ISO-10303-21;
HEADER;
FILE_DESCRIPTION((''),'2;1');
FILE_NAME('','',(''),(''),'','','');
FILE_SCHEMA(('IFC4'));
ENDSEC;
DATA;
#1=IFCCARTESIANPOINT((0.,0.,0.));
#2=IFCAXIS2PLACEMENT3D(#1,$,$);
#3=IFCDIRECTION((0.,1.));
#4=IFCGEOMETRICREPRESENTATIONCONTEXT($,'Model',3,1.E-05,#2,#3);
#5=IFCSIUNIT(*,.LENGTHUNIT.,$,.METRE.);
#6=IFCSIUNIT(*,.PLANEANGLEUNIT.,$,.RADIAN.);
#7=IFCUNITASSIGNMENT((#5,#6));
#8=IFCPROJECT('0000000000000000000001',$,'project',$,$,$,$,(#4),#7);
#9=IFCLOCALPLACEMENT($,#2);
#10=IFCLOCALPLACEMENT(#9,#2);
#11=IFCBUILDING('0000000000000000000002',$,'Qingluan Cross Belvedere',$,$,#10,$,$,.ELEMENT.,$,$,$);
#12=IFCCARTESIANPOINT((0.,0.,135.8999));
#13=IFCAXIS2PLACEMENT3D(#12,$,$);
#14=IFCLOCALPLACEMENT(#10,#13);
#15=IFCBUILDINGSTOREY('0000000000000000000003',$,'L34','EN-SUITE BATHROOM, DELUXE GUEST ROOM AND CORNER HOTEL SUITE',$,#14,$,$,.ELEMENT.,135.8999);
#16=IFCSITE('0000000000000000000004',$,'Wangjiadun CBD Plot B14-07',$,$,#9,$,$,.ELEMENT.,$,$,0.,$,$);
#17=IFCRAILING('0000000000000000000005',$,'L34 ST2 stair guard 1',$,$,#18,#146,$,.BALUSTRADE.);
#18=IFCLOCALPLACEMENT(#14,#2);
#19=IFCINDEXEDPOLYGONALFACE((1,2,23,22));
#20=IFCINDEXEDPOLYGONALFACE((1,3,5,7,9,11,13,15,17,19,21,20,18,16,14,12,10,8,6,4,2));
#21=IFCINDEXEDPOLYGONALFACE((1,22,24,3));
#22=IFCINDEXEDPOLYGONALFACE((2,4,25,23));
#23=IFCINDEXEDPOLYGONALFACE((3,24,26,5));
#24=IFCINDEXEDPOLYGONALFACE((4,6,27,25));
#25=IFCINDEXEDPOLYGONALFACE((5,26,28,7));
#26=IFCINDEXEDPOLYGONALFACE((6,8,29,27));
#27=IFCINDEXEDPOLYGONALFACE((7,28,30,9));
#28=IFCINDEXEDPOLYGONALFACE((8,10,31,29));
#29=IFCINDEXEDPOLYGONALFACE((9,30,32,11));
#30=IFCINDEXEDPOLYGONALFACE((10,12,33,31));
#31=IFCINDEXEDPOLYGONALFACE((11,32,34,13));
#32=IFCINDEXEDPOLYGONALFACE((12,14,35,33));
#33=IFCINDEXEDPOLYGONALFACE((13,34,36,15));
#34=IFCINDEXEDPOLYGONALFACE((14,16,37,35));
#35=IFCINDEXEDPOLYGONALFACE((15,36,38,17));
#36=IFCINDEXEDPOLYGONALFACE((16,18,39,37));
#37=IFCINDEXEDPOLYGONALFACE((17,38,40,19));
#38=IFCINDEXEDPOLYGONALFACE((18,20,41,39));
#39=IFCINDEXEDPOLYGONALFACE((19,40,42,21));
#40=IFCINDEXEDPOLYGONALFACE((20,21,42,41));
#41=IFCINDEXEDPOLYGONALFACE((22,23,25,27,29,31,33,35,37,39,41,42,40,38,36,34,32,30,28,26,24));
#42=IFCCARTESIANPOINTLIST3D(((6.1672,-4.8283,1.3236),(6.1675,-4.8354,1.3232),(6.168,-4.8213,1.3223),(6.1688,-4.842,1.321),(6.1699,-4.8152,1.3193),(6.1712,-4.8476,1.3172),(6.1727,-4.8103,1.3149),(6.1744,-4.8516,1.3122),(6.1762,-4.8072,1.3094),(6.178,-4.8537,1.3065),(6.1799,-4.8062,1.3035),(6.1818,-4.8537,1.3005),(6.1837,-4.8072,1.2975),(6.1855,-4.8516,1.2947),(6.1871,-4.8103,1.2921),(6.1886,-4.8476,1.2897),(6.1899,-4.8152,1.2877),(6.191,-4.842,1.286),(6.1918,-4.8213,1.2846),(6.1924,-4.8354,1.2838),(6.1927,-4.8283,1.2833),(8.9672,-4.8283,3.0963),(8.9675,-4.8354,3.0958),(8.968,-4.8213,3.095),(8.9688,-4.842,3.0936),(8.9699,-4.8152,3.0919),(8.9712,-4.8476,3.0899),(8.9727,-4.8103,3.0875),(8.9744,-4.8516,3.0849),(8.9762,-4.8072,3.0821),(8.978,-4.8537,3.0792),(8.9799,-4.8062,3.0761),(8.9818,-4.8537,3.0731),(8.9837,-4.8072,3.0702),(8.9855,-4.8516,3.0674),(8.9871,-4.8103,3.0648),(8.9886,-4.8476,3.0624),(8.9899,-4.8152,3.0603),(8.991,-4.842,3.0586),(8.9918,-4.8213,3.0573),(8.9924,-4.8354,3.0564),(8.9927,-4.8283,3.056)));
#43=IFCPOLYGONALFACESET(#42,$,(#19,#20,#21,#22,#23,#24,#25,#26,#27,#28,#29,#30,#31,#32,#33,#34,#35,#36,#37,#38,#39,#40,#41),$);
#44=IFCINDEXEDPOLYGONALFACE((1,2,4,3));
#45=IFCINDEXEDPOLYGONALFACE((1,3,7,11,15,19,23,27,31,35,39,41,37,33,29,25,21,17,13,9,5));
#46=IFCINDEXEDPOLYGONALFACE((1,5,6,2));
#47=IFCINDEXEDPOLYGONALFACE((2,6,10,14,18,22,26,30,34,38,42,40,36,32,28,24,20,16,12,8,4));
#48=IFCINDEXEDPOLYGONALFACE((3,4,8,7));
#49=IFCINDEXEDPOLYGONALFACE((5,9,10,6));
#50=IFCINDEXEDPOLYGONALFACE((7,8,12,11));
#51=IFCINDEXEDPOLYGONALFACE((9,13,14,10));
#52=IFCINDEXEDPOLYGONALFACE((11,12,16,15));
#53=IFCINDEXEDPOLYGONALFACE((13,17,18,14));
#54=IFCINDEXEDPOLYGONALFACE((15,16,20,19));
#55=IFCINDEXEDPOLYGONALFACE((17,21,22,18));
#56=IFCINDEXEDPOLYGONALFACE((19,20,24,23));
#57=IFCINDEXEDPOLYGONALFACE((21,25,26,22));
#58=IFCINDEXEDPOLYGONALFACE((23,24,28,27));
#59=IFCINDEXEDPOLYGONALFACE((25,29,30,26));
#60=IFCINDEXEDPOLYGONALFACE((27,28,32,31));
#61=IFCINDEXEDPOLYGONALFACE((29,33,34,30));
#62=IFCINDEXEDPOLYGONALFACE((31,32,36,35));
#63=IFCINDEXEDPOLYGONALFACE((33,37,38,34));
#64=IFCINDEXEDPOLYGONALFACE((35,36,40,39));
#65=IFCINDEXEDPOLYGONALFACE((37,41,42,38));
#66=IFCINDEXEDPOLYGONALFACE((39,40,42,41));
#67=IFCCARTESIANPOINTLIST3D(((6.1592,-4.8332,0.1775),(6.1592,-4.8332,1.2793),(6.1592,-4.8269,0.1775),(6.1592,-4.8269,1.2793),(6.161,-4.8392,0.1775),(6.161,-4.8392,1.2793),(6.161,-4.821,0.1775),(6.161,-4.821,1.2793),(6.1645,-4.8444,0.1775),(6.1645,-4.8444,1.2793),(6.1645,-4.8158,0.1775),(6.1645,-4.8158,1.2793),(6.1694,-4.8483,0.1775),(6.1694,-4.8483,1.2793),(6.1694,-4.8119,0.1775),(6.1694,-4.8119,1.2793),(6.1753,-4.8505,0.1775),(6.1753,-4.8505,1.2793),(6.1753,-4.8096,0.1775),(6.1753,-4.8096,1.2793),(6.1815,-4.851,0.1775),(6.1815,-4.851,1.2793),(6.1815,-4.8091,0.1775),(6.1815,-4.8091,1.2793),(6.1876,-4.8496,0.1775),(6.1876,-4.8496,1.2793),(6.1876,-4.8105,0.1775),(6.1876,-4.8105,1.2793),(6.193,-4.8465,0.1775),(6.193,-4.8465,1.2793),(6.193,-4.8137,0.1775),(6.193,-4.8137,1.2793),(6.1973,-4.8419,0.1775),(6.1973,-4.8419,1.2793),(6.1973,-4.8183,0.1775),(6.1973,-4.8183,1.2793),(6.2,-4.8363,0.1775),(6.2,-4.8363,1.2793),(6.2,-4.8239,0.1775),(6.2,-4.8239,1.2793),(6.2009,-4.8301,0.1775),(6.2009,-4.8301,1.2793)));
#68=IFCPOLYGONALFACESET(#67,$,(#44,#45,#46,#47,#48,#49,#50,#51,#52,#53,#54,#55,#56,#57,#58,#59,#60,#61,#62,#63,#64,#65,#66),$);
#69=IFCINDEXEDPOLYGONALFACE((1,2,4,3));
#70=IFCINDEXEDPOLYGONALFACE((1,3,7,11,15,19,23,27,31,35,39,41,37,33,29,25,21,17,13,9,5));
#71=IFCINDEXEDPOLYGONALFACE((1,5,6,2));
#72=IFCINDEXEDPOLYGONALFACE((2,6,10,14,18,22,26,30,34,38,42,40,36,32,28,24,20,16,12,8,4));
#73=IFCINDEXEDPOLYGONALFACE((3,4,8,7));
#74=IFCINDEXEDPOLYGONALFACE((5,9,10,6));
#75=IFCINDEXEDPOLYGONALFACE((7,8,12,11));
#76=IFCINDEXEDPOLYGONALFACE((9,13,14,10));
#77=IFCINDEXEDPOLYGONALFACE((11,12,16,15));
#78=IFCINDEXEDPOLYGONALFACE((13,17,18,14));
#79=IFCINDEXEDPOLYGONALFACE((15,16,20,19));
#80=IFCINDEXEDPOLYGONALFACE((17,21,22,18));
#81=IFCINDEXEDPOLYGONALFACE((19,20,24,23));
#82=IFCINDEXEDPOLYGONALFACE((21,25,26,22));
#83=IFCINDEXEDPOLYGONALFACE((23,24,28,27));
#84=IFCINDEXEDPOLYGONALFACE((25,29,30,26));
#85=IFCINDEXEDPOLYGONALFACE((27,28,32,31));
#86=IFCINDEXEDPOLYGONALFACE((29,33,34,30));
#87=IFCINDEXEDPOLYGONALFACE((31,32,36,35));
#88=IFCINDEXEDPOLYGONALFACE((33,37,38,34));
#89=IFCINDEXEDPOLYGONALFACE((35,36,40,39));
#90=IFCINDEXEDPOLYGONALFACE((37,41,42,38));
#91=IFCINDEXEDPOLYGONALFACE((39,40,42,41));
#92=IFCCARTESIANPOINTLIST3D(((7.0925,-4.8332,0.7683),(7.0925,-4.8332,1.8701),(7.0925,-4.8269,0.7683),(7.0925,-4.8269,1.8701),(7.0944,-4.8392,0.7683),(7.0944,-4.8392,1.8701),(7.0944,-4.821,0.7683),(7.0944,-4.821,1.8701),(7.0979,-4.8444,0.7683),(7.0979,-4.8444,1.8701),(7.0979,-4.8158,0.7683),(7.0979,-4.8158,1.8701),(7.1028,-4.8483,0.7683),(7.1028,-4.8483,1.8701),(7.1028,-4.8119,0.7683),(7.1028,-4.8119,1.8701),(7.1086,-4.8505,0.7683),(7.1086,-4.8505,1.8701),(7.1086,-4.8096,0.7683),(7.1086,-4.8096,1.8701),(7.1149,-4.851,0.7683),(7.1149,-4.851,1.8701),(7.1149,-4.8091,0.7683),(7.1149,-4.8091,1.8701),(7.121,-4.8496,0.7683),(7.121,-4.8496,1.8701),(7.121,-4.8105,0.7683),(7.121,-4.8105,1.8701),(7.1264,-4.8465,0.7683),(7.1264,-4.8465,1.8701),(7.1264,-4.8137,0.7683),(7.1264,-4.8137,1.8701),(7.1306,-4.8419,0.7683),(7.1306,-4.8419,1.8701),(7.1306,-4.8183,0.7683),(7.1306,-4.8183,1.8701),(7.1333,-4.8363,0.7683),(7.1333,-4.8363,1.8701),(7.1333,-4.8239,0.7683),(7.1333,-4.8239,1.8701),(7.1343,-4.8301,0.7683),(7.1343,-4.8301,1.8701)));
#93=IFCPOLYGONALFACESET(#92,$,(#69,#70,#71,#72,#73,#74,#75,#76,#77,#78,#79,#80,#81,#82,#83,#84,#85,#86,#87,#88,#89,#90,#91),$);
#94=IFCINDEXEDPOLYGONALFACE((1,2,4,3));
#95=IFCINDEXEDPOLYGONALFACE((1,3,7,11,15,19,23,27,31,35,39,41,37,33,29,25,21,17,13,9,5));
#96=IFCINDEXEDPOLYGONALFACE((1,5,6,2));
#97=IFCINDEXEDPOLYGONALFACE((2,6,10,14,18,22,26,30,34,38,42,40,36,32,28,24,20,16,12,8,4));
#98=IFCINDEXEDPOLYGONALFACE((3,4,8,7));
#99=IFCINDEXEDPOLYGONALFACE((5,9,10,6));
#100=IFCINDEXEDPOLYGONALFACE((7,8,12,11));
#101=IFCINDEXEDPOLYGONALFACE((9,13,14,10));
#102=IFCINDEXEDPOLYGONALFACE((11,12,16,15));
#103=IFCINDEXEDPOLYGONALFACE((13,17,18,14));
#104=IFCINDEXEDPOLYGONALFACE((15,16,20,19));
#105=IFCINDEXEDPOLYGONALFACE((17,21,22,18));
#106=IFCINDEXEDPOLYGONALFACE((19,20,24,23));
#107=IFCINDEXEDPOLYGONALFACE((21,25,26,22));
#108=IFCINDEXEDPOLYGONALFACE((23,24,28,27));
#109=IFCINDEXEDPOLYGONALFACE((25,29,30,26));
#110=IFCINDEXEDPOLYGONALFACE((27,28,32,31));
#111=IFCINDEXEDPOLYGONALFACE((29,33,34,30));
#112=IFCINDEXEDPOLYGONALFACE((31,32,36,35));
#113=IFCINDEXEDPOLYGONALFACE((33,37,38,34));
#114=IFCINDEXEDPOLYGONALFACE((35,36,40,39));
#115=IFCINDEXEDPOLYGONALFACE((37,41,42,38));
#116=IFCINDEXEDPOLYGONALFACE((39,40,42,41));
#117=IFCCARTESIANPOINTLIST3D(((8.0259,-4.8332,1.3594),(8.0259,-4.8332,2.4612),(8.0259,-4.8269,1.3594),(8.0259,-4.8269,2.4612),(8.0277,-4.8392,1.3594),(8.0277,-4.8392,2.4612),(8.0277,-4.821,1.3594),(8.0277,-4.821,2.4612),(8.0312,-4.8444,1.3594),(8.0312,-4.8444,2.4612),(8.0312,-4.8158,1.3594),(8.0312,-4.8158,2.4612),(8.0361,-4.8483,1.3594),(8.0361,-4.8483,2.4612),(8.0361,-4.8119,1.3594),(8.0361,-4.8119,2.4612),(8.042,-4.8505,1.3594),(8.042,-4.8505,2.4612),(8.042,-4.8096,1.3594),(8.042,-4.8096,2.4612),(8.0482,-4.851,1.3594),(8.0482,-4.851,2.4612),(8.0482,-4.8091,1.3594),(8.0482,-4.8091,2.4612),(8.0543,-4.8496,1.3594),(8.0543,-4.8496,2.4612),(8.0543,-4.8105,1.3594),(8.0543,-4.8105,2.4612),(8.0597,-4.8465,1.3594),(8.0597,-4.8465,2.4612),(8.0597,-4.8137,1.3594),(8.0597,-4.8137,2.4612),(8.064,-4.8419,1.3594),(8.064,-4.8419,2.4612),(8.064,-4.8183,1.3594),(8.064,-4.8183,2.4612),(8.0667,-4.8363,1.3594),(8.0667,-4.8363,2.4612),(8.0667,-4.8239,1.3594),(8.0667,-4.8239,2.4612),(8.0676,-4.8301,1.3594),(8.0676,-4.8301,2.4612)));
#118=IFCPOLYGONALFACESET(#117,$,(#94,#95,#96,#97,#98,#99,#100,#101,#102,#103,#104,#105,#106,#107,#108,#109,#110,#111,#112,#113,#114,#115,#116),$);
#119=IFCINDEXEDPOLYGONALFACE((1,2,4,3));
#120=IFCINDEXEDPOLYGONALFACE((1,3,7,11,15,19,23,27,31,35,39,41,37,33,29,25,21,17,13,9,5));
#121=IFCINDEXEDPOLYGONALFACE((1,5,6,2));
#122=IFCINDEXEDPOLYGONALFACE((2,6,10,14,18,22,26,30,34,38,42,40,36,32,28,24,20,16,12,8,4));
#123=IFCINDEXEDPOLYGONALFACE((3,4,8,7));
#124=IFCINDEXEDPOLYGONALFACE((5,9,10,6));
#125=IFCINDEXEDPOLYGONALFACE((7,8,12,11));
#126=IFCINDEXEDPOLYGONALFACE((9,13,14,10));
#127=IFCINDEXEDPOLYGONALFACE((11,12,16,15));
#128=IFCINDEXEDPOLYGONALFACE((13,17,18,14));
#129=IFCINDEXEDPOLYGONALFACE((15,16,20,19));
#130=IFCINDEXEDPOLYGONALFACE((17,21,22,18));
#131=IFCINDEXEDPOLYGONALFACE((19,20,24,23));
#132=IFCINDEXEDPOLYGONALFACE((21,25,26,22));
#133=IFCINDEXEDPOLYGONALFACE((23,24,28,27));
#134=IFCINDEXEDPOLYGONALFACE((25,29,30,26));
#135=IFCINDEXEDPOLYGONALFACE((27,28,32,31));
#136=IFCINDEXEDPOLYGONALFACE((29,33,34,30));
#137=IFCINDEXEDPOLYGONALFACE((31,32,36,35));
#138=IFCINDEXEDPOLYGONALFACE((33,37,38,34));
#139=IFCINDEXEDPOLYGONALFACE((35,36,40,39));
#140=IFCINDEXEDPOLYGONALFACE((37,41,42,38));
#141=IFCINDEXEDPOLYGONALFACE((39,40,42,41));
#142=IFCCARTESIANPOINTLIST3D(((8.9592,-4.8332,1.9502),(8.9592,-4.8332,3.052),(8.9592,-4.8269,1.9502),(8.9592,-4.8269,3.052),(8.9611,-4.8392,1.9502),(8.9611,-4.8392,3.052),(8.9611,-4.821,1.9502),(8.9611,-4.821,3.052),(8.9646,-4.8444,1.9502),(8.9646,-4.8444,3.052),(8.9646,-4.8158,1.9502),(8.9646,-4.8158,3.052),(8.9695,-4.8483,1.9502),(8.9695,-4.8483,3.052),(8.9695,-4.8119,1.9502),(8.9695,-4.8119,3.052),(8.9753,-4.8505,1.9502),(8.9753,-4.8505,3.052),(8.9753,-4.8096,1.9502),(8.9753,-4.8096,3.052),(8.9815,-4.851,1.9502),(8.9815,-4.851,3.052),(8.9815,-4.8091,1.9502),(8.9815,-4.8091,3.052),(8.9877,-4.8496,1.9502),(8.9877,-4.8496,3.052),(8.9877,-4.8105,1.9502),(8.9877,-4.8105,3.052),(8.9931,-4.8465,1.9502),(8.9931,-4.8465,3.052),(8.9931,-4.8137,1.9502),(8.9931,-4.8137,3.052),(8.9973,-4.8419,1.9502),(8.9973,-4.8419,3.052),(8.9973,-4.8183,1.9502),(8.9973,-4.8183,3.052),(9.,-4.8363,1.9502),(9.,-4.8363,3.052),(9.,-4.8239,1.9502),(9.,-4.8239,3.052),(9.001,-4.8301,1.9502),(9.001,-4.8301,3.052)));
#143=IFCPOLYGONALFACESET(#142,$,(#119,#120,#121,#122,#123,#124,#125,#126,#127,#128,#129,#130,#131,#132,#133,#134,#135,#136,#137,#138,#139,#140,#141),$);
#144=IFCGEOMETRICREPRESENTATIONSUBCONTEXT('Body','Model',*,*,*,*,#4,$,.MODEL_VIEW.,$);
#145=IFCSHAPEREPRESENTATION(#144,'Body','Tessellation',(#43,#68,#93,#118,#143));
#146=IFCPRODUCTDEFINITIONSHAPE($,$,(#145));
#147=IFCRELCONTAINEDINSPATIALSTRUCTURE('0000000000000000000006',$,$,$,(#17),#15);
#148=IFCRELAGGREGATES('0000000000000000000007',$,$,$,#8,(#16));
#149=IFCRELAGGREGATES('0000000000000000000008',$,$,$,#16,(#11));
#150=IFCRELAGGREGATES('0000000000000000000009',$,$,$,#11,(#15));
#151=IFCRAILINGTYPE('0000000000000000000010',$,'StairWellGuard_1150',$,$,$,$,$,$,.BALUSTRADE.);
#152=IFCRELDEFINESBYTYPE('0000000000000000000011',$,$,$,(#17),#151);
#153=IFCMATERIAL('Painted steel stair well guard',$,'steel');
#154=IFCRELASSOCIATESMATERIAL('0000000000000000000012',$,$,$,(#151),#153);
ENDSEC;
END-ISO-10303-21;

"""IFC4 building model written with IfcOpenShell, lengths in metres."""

from ifc_helpers import new_model, si_unit, direction, frame, origin, origin_2d, place, context, subcontext, project, spatial, circle, extrude, material, type_object, element, save


model = new_model("IFC4")

# Units and contexts
model_context = context("Model", 3, precision=1e-05, world=origin(), true_north=direction((0.0, 1.0)))
body_context = subcontext(model_context, "Body", "Model", "MODEL_VIEW")
ifc_project = project(units=[si_unit("LENGTHUNIT", "METRE"), si_unit("PLANEANGLEUNIT", "RADIAN")], contexts=[model_context])

# Site, building, storey
site_placement = place(None, origin())
site = spatial("IfcSite", under=ifc_project, at=site_placement, Name="Wangjiadun CBD Plot B14-07", CompositionType="ELEMENT", RefElevation=0.0)
building_placement = place(site_placement, origin())
building = spatial("IfcBuilding", under=site, at=building_placement, Name="Qingluan Cross Belvedere", CompositionType="ELEMENT")
storey_placement = place(building_placement, frame((0.0, 0.0, 135.8999)))
storey = spatial("IfcBuildingStorey", under=building, at=storey_placement, Name="L34", Description="EN-SUITE BATHROOM, DELUXE GUEST ROOM AND CORNER HOTEL SUITE", CompositionType="ELEMENT", Elevation=135.8999)

# Railing
ifc_material_1 = material(Name="Painted steel stair well guard", Category="steel")
railing_type_1 = type_object("IfcRailingType", Name="StairWellGuard_1150", PredefinedType="BALUSTRADE", material=ifc_material_1)
railing_1_placement = place(storey_placement, frame((6.1799, -4.8301, 0.1775)))
element("IfcRailing", 1, at=railing_1_placement, inside=storey, type_object=railing_type_1, Name="L34 ST2 stair guard 1", PredefinedType="BALUSTRADE", context=body_context, shape_type="SweptSolid", body=[
    extrude(circle(Radius=0.0239, at=origin_2d()), frame((0.0, 0.0, 1.126), z_axis=(0.844909, 0.0, 0.53491), x_axis=(0.0, 1.0, 0.0)), (0.0, 0.0, 1.0), 3.314),
    extrude(circle(Radius=0.021, at=origin_2d()), origin(), (0.0, 0.0, 1.0), 1.1018),
    extrude(circle(Radius=0.021, at=origin_2d()), frame((0.9333, 0.0, 0.5908)), (0.0, 0.0, 1.0), 1.1018),
    extrude(circle(Radius=0.021, at=origin_2d()), frame((1.8667, 0.0, 1.1819)), (0.0, 0.0, 1.0), 1.1018),
    extrude(circle(Radius=0.021, at=origin_2d()), frame((2.8, 0.0, 1.7727)), (0.0, 0.0, 1.0), 1.1018),
])

save(model, "model.ifc")
